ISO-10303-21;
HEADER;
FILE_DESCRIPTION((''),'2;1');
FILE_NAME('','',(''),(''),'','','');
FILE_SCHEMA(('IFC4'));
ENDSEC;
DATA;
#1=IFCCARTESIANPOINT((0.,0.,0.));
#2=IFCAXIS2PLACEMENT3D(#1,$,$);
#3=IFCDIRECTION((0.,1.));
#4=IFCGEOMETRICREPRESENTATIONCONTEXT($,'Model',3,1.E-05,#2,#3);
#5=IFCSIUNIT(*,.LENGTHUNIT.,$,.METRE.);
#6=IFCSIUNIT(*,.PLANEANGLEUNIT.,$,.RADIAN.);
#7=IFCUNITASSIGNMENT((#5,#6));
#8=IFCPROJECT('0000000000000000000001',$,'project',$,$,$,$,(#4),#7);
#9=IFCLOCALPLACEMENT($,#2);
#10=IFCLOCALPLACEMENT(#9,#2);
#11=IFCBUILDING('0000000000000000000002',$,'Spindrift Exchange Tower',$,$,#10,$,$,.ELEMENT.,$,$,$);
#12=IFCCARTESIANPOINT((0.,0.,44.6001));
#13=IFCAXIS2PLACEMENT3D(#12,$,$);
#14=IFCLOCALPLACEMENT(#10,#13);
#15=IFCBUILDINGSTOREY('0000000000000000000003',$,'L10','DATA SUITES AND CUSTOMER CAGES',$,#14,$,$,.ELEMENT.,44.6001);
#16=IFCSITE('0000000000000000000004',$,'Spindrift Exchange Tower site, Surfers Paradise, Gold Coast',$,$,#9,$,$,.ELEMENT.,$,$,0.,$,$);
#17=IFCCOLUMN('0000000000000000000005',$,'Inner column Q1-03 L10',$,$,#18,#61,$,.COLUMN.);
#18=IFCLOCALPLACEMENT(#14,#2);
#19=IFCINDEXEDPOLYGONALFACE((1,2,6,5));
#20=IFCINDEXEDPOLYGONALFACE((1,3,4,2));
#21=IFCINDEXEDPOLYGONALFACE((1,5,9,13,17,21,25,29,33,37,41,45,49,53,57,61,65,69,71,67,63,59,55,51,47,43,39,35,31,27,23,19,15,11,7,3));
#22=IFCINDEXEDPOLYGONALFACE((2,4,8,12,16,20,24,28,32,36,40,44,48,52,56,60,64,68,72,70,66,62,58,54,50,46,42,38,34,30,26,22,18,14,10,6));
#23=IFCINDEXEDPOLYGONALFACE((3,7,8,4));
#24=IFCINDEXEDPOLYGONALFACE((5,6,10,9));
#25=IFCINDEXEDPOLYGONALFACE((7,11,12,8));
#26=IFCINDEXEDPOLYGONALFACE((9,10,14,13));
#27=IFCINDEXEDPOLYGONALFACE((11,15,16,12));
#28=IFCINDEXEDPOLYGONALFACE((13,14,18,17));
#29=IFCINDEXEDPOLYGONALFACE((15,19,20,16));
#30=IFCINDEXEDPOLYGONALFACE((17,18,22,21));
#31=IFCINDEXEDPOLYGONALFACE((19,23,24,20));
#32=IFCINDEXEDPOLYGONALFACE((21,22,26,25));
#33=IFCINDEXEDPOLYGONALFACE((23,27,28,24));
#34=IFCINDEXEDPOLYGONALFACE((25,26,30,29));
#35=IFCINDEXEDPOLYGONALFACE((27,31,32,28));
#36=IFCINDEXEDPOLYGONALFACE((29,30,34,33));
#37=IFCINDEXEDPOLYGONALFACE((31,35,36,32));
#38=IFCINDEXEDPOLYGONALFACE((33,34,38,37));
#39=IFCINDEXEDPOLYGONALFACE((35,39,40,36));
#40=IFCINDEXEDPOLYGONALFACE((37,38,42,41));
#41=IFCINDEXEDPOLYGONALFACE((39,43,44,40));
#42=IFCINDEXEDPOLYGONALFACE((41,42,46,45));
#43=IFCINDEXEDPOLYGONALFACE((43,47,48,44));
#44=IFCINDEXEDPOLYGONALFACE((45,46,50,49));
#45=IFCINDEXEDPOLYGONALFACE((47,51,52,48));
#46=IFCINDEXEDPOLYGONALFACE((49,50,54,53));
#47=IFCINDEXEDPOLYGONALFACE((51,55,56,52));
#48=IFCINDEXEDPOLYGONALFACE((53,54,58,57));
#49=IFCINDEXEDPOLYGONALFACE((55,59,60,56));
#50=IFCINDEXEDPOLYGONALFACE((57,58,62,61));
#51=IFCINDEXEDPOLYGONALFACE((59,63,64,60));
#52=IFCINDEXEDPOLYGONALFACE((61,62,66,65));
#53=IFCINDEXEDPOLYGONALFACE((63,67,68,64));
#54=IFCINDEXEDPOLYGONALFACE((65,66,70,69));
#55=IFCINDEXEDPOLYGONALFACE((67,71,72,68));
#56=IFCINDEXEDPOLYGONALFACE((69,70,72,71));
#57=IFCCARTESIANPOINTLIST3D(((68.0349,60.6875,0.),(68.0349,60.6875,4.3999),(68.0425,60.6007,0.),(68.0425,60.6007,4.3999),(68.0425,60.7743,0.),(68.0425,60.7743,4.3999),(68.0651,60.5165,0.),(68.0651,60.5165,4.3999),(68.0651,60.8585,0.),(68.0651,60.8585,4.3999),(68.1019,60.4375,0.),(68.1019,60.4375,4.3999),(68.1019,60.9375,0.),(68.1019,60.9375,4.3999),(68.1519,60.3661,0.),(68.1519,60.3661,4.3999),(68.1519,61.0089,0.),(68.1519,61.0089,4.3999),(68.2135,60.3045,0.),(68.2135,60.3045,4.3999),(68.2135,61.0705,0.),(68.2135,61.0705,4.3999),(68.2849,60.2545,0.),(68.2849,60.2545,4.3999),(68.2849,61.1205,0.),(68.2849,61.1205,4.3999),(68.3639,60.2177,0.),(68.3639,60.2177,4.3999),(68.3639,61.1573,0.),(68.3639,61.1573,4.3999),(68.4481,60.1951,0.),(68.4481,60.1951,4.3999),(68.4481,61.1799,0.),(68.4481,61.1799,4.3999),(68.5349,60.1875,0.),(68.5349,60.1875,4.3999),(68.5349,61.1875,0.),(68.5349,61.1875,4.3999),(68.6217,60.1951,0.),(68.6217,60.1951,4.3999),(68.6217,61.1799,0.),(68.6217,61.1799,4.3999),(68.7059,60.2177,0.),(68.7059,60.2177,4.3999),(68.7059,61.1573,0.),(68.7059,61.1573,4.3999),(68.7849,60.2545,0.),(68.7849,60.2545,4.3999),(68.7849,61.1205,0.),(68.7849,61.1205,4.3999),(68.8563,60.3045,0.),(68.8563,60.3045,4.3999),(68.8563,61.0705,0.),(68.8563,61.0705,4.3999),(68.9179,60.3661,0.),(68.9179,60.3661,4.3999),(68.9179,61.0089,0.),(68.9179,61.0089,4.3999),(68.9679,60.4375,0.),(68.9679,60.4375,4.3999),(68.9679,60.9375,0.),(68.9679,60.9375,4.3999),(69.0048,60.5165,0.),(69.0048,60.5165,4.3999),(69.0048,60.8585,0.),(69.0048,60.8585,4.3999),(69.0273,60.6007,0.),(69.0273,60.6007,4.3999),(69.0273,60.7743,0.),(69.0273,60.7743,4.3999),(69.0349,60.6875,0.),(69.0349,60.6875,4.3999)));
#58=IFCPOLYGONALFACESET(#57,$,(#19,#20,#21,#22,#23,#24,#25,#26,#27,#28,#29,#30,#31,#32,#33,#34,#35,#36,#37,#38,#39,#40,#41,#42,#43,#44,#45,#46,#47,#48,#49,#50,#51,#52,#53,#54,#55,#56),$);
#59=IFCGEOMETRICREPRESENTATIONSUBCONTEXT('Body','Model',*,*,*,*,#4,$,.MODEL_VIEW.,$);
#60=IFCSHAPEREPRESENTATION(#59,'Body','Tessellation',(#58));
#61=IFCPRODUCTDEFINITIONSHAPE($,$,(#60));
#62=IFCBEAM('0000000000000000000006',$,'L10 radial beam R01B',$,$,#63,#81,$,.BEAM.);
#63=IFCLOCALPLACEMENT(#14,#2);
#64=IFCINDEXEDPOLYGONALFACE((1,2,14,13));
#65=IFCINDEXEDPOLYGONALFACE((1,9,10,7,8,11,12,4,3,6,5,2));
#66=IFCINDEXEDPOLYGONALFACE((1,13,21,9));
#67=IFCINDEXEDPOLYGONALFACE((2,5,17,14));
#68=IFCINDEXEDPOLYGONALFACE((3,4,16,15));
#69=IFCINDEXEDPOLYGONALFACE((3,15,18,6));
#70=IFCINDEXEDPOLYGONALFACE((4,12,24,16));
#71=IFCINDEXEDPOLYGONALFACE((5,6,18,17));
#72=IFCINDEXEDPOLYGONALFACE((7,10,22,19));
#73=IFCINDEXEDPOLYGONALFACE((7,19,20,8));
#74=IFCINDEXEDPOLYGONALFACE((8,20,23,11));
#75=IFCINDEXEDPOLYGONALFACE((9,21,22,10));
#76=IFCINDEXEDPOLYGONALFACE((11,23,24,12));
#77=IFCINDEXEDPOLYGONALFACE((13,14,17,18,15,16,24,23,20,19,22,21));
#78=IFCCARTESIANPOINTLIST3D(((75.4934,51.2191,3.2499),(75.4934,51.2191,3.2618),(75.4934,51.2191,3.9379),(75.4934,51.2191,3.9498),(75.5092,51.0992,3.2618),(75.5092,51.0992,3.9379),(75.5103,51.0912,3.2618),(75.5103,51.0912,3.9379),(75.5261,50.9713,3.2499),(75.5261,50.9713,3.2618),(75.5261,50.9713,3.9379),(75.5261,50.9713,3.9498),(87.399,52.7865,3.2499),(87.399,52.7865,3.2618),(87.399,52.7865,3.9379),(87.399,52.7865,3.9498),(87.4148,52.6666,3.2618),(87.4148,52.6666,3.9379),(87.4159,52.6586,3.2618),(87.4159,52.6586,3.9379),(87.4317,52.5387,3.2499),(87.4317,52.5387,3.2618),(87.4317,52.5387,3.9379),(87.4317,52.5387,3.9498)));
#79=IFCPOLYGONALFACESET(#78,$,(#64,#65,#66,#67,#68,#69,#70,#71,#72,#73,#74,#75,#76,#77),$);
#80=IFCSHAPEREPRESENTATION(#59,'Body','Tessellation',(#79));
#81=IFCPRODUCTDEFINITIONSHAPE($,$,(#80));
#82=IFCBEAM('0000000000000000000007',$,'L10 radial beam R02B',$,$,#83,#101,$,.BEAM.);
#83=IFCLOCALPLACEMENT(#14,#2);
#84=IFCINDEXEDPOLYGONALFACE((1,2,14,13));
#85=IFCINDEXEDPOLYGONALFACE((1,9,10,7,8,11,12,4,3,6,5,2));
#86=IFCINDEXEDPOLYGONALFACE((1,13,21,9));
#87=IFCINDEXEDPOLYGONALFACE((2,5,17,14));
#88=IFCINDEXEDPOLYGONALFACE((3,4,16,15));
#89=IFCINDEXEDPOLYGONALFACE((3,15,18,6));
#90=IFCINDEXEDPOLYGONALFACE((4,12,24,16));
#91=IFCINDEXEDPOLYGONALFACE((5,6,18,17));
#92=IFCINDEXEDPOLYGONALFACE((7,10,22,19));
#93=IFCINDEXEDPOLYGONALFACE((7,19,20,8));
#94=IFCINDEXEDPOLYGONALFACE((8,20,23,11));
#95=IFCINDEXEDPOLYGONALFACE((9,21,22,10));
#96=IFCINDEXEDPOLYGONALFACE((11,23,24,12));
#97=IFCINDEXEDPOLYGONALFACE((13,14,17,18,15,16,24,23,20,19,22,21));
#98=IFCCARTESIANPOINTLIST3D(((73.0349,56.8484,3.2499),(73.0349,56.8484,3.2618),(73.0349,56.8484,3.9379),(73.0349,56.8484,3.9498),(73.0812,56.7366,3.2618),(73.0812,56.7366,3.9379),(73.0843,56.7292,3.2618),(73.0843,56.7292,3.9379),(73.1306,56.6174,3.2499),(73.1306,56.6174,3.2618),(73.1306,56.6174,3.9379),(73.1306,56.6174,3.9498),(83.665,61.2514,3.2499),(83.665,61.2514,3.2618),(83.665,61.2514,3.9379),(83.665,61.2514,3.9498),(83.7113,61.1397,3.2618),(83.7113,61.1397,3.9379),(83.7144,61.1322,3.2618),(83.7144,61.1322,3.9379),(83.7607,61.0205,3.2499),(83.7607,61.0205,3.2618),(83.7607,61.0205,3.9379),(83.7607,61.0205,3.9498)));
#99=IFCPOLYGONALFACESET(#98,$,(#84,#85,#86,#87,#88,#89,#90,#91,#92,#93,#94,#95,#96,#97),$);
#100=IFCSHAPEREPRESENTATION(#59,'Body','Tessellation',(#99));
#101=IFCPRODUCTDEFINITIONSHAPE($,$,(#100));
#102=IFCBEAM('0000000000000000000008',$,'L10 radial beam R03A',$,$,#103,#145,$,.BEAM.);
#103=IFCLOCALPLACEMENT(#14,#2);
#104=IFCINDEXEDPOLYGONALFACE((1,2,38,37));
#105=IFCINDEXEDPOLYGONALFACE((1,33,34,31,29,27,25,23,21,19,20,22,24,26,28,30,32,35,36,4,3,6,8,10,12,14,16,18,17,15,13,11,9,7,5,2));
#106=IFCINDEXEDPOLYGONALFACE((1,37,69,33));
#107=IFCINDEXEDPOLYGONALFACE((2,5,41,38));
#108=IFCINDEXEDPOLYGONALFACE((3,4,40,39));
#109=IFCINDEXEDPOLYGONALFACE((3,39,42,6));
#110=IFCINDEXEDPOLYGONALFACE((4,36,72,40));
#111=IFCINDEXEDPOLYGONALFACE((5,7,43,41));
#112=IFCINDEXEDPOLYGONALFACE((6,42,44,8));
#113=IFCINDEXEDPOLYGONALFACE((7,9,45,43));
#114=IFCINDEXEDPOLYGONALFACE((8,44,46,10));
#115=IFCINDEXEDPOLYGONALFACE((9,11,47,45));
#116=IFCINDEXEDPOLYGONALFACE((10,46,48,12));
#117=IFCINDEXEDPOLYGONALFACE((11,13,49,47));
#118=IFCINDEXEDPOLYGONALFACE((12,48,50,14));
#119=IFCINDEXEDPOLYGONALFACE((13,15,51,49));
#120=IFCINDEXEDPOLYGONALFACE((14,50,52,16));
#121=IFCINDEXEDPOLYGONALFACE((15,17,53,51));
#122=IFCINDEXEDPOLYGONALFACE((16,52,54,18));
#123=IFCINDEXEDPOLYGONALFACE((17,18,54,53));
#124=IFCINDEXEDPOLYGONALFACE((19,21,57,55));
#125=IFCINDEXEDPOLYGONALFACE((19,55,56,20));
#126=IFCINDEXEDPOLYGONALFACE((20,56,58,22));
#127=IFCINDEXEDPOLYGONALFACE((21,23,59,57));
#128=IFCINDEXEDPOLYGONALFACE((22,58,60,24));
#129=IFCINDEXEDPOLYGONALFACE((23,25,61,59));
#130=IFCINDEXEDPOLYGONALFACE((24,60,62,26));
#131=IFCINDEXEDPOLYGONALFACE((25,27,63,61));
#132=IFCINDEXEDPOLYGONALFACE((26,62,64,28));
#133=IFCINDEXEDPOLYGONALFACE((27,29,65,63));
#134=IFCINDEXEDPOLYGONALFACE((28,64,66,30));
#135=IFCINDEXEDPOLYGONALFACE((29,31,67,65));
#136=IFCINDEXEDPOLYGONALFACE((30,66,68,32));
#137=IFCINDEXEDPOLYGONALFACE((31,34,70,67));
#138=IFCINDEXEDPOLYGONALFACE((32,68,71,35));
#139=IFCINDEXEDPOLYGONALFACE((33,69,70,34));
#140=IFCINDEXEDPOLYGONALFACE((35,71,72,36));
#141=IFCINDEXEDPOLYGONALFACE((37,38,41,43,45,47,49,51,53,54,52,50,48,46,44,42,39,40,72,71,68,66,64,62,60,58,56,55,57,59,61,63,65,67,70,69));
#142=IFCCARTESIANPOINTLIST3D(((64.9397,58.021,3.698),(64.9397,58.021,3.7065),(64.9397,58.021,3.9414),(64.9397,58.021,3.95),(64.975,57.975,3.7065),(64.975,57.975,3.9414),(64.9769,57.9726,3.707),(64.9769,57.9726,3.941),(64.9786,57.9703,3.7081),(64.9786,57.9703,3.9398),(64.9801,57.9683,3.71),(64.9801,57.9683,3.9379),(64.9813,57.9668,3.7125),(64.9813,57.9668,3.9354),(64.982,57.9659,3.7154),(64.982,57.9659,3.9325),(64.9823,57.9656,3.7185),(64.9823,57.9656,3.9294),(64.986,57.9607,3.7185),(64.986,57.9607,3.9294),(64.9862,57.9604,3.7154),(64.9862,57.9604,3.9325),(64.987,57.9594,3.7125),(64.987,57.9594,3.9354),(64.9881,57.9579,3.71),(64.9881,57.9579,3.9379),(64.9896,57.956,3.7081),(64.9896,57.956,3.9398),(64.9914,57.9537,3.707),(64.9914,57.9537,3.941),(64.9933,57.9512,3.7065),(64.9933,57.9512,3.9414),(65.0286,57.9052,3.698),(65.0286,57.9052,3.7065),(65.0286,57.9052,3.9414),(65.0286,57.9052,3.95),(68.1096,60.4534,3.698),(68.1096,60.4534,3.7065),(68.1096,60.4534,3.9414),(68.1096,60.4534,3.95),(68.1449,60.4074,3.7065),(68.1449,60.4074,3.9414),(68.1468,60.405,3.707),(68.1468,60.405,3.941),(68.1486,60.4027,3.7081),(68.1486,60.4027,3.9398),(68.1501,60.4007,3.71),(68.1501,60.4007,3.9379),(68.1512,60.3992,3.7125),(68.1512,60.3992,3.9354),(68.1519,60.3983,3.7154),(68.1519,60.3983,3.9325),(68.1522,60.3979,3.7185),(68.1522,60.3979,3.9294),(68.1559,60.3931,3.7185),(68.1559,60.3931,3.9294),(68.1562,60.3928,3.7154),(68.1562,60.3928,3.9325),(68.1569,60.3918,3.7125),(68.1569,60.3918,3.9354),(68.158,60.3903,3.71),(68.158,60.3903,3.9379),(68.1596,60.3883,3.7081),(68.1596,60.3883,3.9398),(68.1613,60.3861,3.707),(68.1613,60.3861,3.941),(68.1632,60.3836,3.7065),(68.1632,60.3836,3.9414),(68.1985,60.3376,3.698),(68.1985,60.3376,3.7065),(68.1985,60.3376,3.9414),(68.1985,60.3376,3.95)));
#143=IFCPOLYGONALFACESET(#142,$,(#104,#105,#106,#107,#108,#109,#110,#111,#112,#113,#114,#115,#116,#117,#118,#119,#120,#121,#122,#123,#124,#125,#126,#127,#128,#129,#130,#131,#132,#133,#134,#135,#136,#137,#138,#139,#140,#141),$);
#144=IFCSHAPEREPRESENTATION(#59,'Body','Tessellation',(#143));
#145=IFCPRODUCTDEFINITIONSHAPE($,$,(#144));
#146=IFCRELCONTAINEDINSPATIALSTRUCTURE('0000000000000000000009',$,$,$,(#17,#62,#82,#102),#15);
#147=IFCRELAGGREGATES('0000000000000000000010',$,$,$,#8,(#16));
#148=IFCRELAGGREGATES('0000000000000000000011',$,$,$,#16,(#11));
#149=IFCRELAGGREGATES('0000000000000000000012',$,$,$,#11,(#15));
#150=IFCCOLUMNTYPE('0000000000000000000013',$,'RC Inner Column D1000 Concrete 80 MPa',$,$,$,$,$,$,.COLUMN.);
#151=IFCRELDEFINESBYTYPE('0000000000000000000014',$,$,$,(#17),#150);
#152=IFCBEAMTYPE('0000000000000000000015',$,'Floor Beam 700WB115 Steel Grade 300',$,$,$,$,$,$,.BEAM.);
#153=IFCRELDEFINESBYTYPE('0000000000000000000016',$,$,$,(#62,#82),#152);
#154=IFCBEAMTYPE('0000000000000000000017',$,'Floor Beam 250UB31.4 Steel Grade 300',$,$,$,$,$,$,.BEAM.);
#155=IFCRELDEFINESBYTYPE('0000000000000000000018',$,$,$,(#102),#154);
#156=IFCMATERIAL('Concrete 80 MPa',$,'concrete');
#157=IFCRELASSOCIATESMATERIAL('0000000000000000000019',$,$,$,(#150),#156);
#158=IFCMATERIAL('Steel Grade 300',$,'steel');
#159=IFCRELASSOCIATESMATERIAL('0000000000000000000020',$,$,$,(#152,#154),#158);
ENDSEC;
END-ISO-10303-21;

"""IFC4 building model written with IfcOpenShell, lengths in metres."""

from ifc_helpers import new_model, si_unit, direction, frame, origin, origin_2d, place, context, subcontext, project, spatial, circle, i_section, extrude, source, transform, mapped, material, material_profile, profile_set, type_object, element, save


model = new_model("IFC4")

# Units and contexts
model_context = context("Model", 3, precision=1e-05, world=origin(), true_north=direction((0.0, 1.0)))
body_context = subcontext(model_context, "Body", "Model", "MODEL_VIEW")
ifc_project = project(units=[si_unit("LENGTHUNIT", "METRE"), si_unit("PLANEANGLEUNIT", "RADIAN")], contexts=[model_context])

# Site, building, storey
site_placement = place(None, origin())
site = spatial("IfcSite", under=ifc_project, at=site_placement, Name="Spindrift Exchange Tower site, Surfers Paradise, Gold Coast", CompositionType="ELEMENT", RefElevation=0.0)
building_placement = place(site_placement, origin())
building = spatial("IfcBuilding", under=site, at=building_placement, Name="Spindrift Exchange Tower", CompositionType="ELEMENT")
storey_placement = place(building_placement, frame((0.0, 0.0, 44.6001)))
storey = spatial("IfcBuildingStorey", under=building, at=storey_placement, Name="L10", Description="DATA SUITES AND CUSTOMER CAGES", CompositionType="ELEMENT", Elevation=44.6001)

# Column
ifc_material_1 = material(Name="Concrete 80 MPa", Category="concrete")
ifc_material_profile_1 = material_profile(ifc_material_1, circle(Radius=0.5, at=origin_2d()), Name="RC D1000")
ifc_profile_set_1 = profile_set([ifc_material_profile_1], Name="Concrete 80 MPa")
column_type_1 = type_object("IfcColumnType", Name="RC Inner Column D1000 Concrete 80 MPa", PredefinedType="COLUMN", material=ifc_profile_set_1)
shared_shape_1 = source(origin(), body_context, "Body", "SweptSolid", [
    extrude(circle(Radius=0.5, at=origin_2d()), origin(), (0.0, 0.0, 1.0), 4.3999),
])
for number, where, z_axis, x_axis, name in (
    (1, (68.5349, 60.6875, 0.0), (0.0, 0.0, 1.0), (1.0, 0.0, 0.0), "Inner column Q1-03 L10"),
):
    element("IfcColumn", number, at=place(storey_placement, frame(where, z_axis=z_axis, x_axis=x_axis)), inside=storey, type_object=column_type_1, Name=name, PredefinedType="COLUMN", context=body_context, shape_type="MappedRepresentation", body=[
        mapped(shared_shape_1, transform((0.0, 0.0, 0.0), scale=1.0)),
    ])

# Beams
ifc_material_2 = material(Name="Steel Grade 300", Category="steel")
ifc_material_profile_2 = material_profile(ifc_material_2, i_section(OverallWidth=0.25, OverallDepth=0.7, WebThickness=0.0081, FlangeThickness=0.012, at=origin_2d()), Name="700WB115")
ifc_profile_set_2 = profile_set([ifc_material_profile_2], Name="Steel Grade 300")
beam_type_1 = type_object("IfcBeamType", Name="Floor Beam 700WB115 Steel Grade 300", PredefinedType="BEAM", material=ifc_profile_set_2)
shared_shape_2 = source(origin(), body_context, "Body", "SweptSolid", [
    extrude(i_section(OverallWidth=0.25, OverallDepth=0.7, WebThickness=0.0081, FlangeThickness=0.012, at=origin_2d()), origin(), (0.0, 0.0, 1.0), 12.0083),
])
beam_1_placement = place(storey_placement, frame((75.5098, 51.0952, 3.5999), z_axis=(0.991445, 0.130526, 0.0), x_axis=(-0.130526, 0.991445, 0.0)))
element("IfcBeam", 2, at=beam_1_placement, inside=storey, type_object=beam_type_1, Name="L10 radial beam R01B", PredefinedType="BEAM", context=body_context, shape_type="MappedRepresentation", body=[
    mapped(shared_shape_2, transform((0.0, 0.0, 0.0), scale=1.0)),
])
shared_shape_3 = source(origin(), body_context, "Body", "SweptSolid", [
    extrude(i_section(OverallWidth=0.25, OverallDepth=0.7, WebThickness=0.0081, FlangeThickness=0.012, at=origin_2d()), origin(), (0.0, 0.0, 1.0), 11.5059),
])
beam_2_placement = place(storey_placement, frame((73.0828, 56.7329, 3.5999), z_axis=(0.923882, 0.382678, 0.0), x_axis=(-0.382678, 0.923882, 0.0)))
element("IfcBeam", 3, at=beam_2_placement, inside=storey, type_object=beam_type_1, Name="L10 radial beam R02B", PredefinedType="BEAM", context=body_context, shape_type="MappedRepresentation", body=[
    mapped(shared_shape_3, transform((0.0, 0.0, 0.0), scale=1.0)),
])
ifc_material_profile_3 = material_profile(ifc_material_2, i_section(OverallWidth=0.146, OverallDepth=0.252, WebThickness=0.0061, FlangeThickness=0.0085, FilletRadius=0.012, at=origin_2d()), Name="250UB31.4")
ifc_profile_set_3 = profile_set([ifc_material_profile_3], Name="Steel Grade 300")
beam_type_2 = type_object("IfcBeamType", Name="Floor Beam 250UB31.4 Steel Grade 300", PredefinedType="BEAM", material=ifc_profile_set_3)
shared_shape_4 = source(origin(), body_context, "Body", "SweptSolid", [
    extrude(i_section(OverallWidth=0.146, OverallDepth=0.252, WebThickness=0.0061, FlangeThickness=0.0085, FilletRadius=0.012, at=origin_2d()), origin(), (0.0, 0.0, 1.0), 3.9956),
])
beam_3_placement = place(storey_placement, frame((64.9841, 57.9631, 3.824), z_axis=(0.793353, 0.608762, 0.0), x_axis=(-0.608762, 0.793353, 0.0)))
element("IfcBeam", 4, at=beam_3_placement, inside=storey, type_object=beam_type_2, Name="L10 radial beam R03A", PredefinedType="BEAM", context=body_context, shape_type="MappedRepresentation", body=[
    mapped(shared_shape_4, transform((0.0, 0.0, 0.0), scale=1.0)),
])

save(model, "model.ifc")
